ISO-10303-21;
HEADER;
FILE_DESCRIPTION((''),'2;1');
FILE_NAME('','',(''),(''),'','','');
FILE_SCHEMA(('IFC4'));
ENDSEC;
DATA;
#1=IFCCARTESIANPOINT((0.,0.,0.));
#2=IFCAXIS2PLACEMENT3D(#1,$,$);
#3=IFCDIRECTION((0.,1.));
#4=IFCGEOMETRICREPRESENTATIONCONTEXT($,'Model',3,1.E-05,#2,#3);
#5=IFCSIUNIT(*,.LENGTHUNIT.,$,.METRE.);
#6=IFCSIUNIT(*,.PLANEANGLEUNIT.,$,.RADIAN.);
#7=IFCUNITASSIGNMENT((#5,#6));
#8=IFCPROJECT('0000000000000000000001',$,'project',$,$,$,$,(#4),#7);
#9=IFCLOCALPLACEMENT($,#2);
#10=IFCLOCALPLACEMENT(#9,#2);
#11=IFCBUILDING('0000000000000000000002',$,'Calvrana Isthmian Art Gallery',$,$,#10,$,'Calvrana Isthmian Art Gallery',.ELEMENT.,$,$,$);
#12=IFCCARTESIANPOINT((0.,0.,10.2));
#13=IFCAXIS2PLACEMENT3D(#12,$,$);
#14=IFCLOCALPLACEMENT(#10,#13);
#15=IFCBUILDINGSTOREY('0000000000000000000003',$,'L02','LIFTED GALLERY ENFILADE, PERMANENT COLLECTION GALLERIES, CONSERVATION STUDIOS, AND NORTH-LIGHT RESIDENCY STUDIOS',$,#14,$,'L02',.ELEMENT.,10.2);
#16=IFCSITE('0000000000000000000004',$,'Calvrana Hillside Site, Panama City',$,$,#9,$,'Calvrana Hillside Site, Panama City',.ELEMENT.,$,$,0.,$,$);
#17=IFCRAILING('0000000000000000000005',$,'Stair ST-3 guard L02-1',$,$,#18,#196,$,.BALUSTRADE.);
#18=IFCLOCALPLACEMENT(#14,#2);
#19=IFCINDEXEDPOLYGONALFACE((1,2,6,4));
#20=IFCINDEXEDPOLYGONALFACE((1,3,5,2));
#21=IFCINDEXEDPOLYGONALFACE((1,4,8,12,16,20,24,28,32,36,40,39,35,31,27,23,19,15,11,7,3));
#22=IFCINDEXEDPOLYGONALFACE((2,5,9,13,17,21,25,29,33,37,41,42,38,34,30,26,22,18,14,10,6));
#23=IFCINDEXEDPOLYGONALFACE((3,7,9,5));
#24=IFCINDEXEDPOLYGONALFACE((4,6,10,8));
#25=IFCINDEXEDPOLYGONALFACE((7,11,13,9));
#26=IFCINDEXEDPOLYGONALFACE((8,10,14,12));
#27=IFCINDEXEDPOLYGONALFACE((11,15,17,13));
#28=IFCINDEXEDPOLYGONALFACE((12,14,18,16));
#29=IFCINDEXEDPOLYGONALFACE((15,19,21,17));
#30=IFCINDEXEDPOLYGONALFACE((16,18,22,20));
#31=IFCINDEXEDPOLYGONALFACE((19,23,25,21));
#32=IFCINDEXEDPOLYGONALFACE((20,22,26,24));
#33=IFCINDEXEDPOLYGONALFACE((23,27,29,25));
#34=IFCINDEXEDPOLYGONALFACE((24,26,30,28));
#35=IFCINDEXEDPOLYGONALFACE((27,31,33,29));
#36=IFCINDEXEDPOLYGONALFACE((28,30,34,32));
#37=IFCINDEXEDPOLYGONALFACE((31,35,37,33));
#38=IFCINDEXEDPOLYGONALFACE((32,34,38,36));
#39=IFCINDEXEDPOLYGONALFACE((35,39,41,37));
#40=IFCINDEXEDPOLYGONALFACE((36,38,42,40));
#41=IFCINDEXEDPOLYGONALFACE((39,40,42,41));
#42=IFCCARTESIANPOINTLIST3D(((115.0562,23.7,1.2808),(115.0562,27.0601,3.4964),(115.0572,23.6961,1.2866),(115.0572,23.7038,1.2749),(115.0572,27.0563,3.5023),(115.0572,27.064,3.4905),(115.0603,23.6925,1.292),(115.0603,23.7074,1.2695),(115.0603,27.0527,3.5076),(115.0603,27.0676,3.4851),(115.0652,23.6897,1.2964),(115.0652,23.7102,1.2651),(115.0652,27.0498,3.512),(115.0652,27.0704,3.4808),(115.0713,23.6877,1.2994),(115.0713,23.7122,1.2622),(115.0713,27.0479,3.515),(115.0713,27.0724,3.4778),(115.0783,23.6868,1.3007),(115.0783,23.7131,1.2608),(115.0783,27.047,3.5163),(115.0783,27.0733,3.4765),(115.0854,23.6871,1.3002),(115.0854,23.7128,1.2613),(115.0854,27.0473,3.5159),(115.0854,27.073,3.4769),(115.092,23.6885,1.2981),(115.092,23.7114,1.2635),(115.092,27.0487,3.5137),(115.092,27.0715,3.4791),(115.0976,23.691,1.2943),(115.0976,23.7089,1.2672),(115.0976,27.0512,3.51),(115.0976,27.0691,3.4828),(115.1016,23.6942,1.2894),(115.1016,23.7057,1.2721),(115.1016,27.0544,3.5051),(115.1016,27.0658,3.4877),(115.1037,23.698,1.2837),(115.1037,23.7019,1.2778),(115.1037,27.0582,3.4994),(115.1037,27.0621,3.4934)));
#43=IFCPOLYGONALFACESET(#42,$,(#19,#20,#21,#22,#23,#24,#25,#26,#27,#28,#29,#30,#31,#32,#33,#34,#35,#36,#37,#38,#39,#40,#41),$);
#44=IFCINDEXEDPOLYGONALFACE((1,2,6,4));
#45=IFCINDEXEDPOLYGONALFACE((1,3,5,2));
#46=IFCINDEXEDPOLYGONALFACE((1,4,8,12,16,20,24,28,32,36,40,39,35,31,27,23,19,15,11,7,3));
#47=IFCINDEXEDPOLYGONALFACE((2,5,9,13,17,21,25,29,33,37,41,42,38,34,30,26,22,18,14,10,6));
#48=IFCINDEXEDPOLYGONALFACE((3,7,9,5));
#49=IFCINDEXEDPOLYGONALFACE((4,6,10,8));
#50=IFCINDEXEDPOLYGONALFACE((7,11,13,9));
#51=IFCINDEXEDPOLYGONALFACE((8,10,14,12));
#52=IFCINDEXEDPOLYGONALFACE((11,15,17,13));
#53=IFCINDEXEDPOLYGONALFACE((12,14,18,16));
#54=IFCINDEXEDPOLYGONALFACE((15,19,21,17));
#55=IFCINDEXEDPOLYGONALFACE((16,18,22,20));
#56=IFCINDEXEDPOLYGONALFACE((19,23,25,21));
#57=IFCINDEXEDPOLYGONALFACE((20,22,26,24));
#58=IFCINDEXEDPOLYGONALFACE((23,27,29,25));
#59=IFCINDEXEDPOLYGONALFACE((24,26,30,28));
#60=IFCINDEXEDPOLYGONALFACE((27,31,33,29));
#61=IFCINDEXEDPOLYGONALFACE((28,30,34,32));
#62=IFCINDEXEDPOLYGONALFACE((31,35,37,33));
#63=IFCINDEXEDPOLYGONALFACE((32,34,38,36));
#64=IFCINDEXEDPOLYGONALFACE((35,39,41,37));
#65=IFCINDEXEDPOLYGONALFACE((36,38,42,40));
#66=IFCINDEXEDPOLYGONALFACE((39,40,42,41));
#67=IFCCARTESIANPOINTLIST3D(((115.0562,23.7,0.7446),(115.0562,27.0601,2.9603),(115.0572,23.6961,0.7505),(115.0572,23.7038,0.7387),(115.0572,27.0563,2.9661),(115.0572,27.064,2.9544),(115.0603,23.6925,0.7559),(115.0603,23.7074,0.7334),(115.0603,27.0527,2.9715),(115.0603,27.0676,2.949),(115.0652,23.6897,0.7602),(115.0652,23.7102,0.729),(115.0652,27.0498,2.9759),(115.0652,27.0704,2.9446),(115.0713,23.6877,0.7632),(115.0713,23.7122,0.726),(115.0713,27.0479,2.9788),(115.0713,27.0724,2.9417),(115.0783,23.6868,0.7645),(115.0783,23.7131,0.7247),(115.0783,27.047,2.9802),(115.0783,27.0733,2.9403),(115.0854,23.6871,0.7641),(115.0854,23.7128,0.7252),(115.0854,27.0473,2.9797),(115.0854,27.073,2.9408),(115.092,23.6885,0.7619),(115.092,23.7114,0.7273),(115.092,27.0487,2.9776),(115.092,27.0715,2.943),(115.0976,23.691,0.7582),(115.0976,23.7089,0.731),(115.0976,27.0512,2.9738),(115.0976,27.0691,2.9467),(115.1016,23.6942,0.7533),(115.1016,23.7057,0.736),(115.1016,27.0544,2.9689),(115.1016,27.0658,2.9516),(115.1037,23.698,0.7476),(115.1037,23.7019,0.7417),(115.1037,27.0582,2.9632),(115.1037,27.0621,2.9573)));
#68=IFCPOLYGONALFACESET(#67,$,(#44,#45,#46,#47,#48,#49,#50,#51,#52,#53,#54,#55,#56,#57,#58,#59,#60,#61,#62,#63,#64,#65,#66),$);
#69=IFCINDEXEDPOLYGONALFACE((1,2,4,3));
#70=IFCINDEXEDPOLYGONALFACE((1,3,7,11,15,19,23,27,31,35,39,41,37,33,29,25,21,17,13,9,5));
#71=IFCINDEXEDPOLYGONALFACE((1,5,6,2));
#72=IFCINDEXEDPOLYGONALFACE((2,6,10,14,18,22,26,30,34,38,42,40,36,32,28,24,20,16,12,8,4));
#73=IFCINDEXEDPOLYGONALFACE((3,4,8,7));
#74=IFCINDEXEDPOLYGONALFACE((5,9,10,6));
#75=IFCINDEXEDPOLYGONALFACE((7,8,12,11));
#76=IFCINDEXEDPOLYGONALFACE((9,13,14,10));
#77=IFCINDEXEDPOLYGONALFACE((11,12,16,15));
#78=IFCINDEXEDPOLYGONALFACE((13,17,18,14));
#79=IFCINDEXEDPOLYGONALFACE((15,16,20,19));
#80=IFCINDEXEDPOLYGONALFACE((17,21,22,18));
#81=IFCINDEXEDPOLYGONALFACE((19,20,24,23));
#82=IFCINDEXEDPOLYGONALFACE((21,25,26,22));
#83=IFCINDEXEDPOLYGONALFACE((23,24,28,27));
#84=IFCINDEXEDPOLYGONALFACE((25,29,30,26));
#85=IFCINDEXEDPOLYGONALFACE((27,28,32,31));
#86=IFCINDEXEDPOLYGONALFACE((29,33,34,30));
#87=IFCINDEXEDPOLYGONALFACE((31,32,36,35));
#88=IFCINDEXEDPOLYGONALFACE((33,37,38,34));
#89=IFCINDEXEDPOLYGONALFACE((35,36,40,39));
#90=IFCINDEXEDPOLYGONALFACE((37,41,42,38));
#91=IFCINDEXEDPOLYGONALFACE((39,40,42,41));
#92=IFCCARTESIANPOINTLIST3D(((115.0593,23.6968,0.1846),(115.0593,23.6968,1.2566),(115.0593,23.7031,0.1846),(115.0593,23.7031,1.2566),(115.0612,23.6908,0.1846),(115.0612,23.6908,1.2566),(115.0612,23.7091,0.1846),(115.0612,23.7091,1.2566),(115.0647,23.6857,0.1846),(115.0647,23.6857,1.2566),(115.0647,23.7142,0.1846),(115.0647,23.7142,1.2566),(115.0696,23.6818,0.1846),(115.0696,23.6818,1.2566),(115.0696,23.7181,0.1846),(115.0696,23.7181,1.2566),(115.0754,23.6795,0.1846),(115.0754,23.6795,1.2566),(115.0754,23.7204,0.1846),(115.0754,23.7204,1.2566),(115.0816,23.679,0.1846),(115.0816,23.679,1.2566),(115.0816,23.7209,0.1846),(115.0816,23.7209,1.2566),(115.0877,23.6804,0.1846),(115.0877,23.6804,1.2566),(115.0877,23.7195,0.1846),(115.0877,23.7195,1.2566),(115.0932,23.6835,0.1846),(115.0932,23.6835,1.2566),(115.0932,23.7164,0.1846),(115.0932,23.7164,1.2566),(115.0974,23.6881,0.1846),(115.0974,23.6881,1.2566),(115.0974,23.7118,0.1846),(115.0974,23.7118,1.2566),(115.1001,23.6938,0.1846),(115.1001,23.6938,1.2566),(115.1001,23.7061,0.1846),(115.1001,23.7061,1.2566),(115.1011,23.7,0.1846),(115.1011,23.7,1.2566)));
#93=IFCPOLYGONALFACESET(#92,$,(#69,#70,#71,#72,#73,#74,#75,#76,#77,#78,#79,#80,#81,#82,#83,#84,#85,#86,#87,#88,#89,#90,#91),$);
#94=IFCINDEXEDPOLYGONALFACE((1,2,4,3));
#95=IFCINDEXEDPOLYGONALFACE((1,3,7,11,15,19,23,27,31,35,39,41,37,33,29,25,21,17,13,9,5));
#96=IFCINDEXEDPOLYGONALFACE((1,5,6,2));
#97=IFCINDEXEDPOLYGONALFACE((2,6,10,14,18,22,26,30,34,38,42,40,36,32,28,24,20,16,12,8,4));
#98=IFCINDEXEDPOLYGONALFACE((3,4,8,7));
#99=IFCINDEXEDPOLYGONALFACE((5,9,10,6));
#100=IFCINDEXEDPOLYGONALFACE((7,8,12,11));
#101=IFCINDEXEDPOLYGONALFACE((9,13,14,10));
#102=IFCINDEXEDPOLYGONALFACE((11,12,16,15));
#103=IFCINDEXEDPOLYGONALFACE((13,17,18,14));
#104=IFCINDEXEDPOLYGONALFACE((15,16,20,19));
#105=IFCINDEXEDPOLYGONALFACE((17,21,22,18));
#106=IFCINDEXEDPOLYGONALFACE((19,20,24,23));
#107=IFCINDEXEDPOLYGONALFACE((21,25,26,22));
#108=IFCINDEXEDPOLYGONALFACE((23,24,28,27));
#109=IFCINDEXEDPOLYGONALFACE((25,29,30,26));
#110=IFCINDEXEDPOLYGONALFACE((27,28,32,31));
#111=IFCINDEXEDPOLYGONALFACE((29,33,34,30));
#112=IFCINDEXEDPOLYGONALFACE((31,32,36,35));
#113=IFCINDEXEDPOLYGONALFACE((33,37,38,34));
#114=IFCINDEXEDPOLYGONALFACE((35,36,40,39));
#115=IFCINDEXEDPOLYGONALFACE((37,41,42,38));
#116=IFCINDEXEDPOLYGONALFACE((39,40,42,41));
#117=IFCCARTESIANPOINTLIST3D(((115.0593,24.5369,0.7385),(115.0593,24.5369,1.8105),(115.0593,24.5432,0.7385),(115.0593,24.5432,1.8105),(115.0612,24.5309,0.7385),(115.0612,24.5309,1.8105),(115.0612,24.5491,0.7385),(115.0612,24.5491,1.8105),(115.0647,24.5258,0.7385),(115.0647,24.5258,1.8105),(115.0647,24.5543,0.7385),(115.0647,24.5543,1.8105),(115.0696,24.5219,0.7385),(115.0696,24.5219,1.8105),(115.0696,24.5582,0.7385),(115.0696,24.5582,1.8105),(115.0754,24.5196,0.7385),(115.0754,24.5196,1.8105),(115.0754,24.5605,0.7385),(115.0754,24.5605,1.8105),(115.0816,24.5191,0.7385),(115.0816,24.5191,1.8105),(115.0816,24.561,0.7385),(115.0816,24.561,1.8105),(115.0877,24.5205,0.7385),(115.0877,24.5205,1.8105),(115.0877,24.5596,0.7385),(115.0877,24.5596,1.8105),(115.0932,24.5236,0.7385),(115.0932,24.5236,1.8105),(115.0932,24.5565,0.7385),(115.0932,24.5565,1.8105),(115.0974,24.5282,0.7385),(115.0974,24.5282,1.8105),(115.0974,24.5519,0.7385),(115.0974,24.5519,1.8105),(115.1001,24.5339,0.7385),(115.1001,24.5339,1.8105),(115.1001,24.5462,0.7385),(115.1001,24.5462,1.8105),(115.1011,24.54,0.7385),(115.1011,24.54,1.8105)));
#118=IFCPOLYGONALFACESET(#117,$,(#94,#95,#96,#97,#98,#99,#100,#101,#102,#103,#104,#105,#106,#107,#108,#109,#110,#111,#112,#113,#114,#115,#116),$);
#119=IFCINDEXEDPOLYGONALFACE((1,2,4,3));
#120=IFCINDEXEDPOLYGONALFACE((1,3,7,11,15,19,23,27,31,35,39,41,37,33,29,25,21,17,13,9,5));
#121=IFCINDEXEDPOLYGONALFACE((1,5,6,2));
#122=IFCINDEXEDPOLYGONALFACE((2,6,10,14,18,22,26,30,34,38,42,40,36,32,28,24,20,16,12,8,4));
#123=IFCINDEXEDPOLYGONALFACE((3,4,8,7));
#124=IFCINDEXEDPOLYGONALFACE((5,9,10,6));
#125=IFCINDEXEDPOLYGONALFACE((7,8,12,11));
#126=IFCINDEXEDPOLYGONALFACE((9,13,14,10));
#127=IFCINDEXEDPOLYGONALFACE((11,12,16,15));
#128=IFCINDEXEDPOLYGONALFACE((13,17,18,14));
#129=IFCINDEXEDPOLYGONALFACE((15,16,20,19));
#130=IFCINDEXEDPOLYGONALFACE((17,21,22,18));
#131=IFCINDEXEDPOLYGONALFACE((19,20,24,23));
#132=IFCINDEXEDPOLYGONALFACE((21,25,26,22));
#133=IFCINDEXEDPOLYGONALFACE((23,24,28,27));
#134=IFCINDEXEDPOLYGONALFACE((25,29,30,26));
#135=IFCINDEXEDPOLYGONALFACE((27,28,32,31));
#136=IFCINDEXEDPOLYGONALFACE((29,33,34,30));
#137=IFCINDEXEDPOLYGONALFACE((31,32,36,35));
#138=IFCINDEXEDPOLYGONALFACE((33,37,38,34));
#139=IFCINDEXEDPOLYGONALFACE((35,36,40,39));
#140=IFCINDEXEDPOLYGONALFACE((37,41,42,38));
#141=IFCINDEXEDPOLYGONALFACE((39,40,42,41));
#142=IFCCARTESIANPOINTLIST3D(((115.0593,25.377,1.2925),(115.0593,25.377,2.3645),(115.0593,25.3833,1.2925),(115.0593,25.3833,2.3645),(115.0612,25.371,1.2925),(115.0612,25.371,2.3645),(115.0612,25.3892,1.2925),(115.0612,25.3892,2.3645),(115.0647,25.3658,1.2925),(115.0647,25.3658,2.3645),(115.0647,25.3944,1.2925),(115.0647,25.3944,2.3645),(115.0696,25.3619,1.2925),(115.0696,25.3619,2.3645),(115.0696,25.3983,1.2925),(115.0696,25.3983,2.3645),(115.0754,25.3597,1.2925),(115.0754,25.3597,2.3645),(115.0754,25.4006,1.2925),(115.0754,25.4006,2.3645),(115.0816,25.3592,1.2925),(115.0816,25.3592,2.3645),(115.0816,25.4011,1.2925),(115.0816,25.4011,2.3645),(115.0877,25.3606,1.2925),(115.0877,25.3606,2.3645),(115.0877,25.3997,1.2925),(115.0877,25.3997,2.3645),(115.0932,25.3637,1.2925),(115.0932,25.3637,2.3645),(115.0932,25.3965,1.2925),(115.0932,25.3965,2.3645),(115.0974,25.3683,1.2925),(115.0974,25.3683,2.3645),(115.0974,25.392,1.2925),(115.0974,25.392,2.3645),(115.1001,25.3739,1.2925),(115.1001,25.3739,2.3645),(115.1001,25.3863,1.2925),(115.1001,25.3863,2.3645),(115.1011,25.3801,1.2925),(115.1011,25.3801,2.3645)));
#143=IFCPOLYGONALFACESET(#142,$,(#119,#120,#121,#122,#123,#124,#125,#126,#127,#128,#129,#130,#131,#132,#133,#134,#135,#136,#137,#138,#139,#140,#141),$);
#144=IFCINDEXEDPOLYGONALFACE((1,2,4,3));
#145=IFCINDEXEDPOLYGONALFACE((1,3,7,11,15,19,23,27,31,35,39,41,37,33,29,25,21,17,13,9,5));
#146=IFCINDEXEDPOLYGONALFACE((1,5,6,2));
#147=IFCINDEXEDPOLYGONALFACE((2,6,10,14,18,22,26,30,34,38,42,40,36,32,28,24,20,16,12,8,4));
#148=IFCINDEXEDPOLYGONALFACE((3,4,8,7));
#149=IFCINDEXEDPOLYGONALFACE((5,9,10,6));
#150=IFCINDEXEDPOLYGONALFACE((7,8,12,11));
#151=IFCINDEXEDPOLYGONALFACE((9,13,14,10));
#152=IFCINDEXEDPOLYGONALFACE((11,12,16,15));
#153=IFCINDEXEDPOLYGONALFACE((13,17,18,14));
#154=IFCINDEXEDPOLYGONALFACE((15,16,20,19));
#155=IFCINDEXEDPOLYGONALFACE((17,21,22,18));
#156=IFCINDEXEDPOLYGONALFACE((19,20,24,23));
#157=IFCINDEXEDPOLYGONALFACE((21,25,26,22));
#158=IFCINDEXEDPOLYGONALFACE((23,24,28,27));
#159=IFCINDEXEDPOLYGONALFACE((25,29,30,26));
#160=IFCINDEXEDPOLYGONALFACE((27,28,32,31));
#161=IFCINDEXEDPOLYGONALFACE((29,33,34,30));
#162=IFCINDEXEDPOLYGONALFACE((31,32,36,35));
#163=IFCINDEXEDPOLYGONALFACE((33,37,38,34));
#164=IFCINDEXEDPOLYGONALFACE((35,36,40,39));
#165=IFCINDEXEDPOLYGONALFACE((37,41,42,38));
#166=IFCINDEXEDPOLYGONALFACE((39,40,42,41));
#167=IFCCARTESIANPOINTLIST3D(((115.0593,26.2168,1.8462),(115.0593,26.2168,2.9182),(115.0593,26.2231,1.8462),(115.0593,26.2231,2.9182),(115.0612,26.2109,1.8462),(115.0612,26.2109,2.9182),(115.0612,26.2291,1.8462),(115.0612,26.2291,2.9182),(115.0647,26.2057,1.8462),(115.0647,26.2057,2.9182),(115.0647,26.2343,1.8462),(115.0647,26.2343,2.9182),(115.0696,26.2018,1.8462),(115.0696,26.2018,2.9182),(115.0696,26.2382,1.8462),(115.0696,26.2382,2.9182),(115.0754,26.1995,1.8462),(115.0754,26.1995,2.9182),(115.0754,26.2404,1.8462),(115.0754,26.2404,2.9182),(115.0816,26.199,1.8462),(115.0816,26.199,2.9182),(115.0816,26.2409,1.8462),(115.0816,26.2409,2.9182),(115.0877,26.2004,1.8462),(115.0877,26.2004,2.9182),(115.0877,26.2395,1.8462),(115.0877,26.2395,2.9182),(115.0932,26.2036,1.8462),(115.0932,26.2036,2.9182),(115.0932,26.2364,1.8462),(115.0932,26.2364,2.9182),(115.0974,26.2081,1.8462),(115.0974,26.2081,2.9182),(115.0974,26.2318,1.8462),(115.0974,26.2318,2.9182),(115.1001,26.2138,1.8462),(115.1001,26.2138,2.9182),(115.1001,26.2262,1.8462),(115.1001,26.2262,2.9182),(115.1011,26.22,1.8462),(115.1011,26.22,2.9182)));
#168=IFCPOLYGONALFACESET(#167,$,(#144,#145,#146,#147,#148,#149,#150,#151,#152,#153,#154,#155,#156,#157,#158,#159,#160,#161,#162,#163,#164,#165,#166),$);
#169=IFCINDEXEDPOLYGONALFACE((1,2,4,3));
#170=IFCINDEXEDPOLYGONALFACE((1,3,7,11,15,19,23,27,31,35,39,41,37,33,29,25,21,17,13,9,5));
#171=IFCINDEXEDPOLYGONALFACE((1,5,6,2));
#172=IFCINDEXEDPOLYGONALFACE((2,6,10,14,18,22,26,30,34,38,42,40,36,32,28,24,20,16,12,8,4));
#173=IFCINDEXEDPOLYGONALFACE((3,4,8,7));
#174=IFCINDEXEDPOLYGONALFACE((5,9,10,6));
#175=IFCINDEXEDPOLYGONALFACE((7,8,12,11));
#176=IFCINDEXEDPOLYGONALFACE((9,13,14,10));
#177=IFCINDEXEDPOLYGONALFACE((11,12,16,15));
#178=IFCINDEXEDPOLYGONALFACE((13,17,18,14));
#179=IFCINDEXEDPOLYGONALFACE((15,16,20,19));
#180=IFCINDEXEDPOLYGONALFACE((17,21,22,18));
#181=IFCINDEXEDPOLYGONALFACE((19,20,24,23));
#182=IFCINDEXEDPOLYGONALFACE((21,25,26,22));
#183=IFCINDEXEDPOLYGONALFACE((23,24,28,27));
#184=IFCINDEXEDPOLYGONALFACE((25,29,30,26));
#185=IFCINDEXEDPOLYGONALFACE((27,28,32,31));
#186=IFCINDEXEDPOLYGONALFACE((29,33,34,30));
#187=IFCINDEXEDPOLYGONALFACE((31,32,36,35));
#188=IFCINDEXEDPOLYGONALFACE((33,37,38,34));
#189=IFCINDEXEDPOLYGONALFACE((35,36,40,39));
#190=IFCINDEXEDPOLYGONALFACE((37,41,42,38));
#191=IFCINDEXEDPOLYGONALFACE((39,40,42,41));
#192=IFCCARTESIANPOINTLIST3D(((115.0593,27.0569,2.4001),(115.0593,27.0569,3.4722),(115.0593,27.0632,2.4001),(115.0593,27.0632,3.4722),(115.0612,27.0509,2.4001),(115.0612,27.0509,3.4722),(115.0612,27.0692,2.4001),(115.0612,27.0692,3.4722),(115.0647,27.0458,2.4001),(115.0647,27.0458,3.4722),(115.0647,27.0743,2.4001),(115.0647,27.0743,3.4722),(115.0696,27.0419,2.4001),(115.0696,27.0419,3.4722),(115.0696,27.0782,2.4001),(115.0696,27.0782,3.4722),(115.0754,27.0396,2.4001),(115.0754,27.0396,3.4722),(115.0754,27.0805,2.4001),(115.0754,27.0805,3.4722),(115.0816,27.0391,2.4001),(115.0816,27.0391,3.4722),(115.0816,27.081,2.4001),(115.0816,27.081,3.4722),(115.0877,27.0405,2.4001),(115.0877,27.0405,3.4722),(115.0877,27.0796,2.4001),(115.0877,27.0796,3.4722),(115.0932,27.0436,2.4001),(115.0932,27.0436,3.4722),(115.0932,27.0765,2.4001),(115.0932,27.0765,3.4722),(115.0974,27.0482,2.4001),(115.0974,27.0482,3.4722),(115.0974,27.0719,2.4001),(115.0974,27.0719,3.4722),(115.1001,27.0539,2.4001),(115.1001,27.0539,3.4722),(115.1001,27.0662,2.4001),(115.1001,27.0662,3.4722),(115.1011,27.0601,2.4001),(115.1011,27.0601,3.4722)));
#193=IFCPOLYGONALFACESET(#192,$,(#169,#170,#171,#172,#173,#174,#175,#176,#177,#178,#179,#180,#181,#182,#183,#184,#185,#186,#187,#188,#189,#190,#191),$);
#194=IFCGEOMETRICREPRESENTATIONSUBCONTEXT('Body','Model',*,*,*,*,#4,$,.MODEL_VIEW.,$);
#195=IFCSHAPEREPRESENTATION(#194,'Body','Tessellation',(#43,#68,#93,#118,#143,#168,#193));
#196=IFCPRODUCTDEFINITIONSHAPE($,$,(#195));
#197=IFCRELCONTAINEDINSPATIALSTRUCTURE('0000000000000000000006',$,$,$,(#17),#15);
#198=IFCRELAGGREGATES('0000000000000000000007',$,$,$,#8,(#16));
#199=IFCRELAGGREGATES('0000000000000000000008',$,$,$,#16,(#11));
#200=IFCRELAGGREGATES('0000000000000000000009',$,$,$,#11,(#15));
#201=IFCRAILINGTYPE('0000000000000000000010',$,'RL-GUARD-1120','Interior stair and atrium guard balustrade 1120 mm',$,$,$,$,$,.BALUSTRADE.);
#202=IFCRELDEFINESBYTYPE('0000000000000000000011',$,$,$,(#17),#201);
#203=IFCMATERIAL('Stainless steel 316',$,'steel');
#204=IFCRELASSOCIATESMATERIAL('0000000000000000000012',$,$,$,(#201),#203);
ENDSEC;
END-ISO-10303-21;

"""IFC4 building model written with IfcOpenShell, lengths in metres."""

from ifc_helpers import new_model, si_unit, direction, frame, origin, origin_2d, place, context, subcontext, project, spatial, circle, extrude, material, type_object, element, save


model = new_model("IFC4")

# Units and contexts
model_context = context("Model", 3, precision=1e-05, world=origin(), true_north=direction((0.0, 1.0)))
body_context = subcontext(model_context, "Body", "Model", "MODEL_VIEW")
ifc_project = project(units=[si_unit("LENGTHUNIT", "METRE"), si_unit("PLANEANGLEUNIT", "RADIAN")], contexts=[model_context])

# Site, building, storey
site_placement = place(None, origin())
site = spatial("IfcSite", under=ifc_project, at=site_placement, Name="Calvrana Hillside Site, Panama City", LongName="Calvrana Hillside Site, Panama City", CompositionType="ELEMENT", RefElevation=0.0)
building_placement = place(site_placement, origin())
building = spatial("IfcBuilding", under=site, at=building_placement, Name="Calvrana Isthmian Art Gallery", LongName="Calvrana Isthmian Art Gallery", CompositionType="ELEMENT")
storey_placement = place(building_placement, frame((0.0, 0.0, 10.2)))
storey = spatial("IfcBuildingStorey", under=building, at=storey_placement, Name="L02", Description="LIFTED GALLERY ENFILADE, PERMANENT COLLECTION GALLERIES, CONSERVATION STUDIOS, AND NORTH-LIGHT RESIDENCY STUDIOS", LongName="L02", CompositionType="ELEMENT", Elevation=10.2)

# Shared definitions
ifc_material_1 = material(Name="Stainless steel 316", Category="steel")

# Railing
railing_type_1 = type_object("IfcRailingType", Name="RL-GUARD-1120", Description="Interior stair and atrium guard balustrade 1120 mm", PredefinedType="BALUSTRADE", material=ifc_material_1)
railing_1_placement = place(storey_placement, frame((115.0801, 23.7, 0.1846)))
element("IfcRailing", 1, at=railing_1_placement, inside=storey, type_object=railing_type_1, Name="Stair ST-3 guard L02-1", PredefinedType="BALUSTRADE", context=body_context, shape_type="SweptSolid", body=[
    extrude(circle(Radius=0.0239, at=origin_2d()), frame((0.0, 0.0, 1.0962), z_axis=(0.0, 0.834849, 0.55048), x_axis=(-1.0, 0.0, 0.0)), (0.0, 0.0, 1.0), 4.0249),
    extrude(circle(Radius=0.0239, at=origin_2d()), frame((0.0, 0.0, 0.5601), z_axis=(0.0, 0.834849, 0.55048), x_axis=(-1.0, 0.0, 0.0)), (0.0, 0.0, 1.0), 4.0249),
    extrude(circle(Radius=0.021, at=origin_2d()), origin(), (0.0, 0.0, 1.0), 1.072),
    extrude(circle(Radius=0.021, at=origin_2d()), frame((0.0, 0.8401, 0.554)), (0.0, 0.0, 1.0), 1.072),
    extrude(circle(Radius=0.021, at=origin_2d()), frame((0.0, 1.6802, 1.1079)), (0.0, 0.0, 1.0), 1.072),
    extrude(circle(Radius=0.021, at=origin_2d()), frame((0.0, 2.52, 1.6616)), (0.0, 0.0, 1.0), 1.072),
    extrude(circle(Radius=0.021, at=origin_2d()), frame((0.0, 3.3601, 2.2156)), (0.0, 0.0, 1.0), 1.072),
])

save(model, "model.ifc")
